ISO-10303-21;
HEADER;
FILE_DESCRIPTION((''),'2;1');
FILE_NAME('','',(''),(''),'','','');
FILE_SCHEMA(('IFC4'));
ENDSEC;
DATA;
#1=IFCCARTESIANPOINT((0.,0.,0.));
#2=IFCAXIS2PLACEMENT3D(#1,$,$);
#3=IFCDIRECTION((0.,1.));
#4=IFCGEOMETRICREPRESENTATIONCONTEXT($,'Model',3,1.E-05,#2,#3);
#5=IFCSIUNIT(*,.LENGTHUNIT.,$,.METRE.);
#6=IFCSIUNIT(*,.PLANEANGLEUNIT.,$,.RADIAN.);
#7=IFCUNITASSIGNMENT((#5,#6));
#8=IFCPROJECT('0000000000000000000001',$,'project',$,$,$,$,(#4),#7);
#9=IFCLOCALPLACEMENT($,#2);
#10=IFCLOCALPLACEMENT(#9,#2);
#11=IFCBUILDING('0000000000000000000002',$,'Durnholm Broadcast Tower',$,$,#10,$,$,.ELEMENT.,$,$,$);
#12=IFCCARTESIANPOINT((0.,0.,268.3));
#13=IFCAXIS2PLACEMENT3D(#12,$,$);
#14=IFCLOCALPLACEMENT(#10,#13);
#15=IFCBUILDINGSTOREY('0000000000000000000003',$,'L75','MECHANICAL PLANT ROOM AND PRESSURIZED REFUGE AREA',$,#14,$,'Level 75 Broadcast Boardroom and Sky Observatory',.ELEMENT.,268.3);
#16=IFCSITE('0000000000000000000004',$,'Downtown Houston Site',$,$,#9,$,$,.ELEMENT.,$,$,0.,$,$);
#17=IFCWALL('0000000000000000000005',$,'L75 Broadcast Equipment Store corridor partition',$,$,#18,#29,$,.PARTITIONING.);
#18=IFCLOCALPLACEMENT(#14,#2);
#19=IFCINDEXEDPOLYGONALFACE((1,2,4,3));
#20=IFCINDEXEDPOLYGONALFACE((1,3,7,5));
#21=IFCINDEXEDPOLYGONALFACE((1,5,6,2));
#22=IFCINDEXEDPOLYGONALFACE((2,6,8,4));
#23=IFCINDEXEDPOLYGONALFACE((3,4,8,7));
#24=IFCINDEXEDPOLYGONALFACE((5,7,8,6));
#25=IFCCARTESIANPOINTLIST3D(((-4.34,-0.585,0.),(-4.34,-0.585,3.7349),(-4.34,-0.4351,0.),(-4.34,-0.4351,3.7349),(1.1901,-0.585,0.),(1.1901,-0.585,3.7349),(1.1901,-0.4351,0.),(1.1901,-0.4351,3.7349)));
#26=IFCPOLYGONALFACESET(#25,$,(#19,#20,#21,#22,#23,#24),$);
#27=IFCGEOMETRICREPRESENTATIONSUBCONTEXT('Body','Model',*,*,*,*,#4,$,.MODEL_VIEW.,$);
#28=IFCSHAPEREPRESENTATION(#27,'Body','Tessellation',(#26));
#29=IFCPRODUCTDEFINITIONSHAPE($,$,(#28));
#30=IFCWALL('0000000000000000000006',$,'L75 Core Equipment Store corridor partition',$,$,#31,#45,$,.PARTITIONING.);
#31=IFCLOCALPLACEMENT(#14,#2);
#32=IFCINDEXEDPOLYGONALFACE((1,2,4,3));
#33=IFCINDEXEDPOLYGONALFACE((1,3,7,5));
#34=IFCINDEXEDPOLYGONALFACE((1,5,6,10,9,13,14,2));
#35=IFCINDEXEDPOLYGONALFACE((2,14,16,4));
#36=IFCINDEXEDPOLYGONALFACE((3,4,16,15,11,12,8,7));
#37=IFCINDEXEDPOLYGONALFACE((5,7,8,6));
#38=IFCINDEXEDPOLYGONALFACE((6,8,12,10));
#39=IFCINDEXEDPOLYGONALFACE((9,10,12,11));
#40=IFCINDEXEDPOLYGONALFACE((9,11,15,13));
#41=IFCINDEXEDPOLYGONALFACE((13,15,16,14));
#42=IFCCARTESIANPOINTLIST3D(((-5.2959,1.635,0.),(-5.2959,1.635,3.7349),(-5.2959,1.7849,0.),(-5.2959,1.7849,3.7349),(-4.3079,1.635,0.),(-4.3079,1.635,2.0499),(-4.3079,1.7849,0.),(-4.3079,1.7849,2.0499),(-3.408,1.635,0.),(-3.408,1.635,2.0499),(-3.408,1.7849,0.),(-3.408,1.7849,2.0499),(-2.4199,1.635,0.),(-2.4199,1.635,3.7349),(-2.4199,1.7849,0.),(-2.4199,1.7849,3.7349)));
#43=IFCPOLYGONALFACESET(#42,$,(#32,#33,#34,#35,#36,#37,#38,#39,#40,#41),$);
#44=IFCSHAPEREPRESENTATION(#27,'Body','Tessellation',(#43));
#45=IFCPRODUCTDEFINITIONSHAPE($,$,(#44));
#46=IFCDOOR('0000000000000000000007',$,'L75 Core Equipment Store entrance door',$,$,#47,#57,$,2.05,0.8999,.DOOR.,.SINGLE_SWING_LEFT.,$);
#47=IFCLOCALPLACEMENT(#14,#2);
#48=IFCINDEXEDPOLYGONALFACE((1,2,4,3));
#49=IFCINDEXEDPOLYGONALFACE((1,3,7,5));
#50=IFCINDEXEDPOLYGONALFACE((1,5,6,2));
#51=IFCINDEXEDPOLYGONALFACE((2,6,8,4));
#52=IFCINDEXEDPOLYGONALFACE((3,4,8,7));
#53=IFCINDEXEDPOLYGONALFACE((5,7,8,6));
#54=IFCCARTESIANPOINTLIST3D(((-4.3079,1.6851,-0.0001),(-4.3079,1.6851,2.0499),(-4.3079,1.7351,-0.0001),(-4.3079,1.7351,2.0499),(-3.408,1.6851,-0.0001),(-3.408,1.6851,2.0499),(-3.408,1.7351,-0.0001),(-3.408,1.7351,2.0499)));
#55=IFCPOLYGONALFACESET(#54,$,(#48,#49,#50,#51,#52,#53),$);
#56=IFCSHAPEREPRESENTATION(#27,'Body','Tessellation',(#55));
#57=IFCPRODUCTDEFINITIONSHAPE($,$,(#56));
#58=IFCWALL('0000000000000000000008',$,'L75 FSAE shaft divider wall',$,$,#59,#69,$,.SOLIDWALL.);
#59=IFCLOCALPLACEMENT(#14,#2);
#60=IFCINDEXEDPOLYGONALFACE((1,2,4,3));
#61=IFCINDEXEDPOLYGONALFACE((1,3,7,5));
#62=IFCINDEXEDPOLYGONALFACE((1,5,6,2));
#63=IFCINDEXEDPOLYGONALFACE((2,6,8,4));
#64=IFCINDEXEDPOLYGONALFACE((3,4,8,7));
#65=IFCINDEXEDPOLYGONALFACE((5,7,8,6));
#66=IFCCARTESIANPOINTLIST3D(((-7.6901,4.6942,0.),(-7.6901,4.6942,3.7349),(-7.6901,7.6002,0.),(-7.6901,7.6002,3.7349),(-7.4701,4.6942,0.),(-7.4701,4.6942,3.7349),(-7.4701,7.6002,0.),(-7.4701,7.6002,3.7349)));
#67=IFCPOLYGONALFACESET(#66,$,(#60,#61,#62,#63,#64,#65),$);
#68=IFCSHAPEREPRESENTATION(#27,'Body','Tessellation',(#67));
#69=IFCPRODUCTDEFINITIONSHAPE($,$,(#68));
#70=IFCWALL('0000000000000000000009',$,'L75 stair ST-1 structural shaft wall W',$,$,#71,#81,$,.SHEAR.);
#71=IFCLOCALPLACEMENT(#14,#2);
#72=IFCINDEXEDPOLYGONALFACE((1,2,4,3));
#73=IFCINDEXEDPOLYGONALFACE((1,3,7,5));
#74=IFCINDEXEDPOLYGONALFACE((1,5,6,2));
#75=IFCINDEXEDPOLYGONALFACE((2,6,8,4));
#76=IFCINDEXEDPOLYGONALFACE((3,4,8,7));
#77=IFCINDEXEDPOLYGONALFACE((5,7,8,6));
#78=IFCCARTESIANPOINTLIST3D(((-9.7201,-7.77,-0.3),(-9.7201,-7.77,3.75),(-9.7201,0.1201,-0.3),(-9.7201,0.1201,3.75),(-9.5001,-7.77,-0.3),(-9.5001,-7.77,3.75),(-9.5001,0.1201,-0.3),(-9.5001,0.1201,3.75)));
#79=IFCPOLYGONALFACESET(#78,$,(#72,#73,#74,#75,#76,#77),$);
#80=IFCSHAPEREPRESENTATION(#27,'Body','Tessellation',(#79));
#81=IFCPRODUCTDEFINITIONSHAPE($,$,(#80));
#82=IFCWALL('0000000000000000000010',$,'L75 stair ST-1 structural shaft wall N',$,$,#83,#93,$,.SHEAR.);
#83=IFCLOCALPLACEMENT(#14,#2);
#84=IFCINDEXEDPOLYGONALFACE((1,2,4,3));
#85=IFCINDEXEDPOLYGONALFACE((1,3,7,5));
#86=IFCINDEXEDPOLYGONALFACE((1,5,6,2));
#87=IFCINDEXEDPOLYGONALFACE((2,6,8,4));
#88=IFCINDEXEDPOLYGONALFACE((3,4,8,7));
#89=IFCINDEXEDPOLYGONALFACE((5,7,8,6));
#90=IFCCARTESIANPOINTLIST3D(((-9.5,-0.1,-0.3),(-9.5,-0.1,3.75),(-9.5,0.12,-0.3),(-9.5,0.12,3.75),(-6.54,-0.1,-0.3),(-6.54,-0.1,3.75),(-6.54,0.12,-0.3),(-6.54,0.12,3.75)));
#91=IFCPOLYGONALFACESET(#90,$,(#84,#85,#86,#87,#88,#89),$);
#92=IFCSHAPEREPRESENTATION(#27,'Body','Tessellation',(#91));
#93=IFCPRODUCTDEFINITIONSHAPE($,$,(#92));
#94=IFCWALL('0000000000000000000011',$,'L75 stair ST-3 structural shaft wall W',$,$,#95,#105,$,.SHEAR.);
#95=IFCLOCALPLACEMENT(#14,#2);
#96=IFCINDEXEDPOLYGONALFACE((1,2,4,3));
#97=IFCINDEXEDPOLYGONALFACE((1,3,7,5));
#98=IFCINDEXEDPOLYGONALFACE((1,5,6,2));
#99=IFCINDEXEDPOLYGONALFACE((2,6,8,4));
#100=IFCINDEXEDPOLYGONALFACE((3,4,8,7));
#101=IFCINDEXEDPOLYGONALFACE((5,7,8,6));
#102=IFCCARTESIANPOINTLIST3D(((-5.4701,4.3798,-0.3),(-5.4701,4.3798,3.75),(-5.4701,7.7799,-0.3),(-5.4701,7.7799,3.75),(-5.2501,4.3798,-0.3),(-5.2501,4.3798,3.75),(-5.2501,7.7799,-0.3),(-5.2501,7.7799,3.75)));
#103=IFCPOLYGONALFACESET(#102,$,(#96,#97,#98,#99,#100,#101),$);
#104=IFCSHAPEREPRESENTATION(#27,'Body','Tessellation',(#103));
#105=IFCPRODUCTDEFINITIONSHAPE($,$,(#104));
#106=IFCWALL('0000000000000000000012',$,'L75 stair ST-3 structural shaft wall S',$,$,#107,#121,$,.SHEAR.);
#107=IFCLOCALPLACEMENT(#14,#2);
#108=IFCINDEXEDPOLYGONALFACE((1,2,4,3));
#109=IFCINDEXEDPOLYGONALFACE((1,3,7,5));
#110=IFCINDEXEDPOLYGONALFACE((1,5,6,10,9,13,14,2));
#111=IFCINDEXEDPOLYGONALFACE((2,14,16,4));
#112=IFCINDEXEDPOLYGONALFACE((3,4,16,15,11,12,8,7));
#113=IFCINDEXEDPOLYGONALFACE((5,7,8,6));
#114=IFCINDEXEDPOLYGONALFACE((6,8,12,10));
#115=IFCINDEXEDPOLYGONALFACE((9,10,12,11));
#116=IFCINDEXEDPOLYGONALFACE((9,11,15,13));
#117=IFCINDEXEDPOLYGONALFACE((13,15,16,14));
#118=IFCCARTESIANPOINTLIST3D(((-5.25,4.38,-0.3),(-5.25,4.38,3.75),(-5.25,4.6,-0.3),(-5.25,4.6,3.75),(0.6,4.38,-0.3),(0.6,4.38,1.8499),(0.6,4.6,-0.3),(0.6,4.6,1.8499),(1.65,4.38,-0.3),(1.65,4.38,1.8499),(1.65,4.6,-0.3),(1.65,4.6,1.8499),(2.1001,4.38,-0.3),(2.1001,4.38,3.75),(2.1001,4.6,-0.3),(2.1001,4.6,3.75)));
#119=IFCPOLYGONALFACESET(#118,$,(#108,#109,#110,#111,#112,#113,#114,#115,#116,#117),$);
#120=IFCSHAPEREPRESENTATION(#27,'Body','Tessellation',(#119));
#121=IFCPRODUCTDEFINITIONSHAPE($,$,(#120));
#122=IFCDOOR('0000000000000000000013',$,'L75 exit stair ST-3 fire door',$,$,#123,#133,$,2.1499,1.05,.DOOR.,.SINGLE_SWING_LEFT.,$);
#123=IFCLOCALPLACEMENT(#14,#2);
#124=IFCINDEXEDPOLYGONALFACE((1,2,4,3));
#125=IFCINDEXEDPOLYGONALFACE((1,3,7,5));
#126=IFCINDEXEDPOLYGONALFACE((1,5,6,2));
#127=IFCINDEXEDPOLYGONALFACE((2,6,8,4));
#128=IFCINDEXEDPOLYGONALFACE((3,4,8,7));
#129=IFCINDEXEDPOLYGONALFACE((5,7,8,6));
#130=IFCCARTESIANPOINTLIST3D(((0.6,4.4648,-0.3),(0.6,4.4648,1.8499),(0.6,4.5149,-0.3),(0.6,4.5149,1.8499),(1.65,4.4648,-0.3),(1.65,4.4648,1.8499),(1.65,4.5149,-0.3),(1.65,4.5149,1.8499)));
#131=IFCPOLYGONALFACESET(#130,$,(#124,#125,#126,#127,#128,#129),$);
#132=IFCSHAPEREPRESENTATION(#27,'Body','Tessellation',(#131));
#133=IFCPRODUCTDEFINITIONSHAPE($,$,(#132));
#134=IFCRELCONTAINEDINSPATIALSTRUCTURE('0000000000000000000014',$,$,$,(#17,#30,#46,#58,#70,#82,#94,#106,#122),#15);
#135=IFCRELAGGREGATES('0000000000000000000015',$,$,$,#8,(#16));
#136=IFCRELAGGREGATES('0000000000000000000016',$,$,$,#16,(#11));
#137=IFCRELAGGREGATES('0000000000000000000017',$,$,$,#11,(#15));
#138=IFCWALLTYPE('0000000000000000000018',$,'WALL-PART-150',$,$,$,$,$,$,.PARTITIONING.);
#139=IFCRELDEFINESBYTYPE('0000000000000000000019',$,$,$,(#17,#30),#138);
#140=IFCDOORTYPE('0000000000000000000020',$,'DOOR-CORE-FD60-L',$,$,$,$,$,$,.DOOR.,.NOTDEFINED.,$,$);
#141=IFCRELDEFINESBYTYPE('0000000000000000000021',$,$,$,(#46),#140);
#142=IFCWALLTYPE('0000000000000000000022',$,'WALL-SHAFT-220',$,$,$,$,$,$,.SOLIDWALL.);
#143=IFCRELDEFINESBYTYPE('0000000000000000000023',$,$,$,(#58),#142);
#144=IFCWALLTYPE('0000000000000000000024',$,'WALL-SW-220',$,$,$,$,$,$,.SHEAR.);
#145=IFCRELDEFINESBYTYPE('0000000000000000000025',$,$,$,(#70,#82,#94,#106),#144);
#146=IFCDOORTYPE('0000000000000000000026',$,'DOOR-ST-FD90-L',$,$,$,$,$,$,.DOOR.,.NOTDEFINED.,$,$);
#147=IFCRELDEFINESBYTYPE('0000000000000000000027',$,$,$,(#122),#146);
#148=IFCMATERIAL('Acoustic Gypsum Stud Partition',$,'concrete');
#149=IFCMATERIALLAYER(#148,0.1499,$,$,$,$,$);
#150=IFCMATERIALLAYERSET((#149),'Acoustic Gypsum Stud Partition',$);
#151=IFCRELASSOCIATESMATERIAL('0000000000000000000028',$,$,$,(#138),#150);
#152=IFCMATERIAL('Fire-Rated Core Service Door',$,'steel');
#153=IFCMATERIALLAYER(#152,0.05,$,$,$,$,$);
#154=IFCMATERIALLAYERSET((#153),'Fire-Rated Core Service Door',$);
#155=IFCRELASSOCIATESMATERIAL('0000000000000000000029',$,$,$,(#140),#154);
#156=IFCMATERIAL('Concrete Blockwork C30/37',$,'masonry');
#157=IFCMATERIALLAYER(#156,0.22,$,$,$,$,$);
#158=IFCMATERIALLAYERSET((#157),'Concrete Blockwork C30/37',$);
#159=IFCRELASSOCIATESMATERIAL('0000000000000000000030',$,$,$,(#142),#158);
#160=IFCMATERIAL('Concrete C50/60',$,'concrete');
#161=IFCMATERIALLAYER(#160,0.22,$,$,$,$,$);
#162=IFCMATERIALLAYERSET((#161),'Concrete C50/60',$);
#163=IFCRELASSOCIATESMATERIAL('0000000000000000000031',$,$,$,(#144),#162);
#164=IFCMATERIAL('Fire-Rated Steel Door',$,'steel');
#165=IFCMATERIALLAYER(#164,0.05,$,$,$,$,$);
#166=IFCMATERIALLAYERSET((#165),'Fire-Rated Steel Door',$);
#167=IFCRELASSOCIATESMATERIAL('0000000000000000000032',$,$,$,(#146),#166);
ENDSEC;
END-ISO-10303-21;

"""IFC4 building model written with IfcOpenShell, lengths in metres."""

from ifc_helpers import new_model, si_unit, direction, frame, frame_2d, origin, place, context, subcontext, project, spatial, rectangle, extrude, source, transform, mapped, material, layer, layer_set, type_object, type_shapes, element, fill, save


model = new_model("IFC4")

# Units and contexts
model_context = context("Model", 3, precision=1e-05, world=origin(), true_north=direction((0.0, 1.0)))
body_context = subcontext(model_context, "Body", "Model", "MODEL_VIEW")
ifc_project = project(units=[si_unit("LENGTHUNIT", "METRE"), si_unit("PLANEANGLEUNIT", "RADIAN")], contexts=[model_context])

# Site, building, storey
site_placement = place(None, origin())
site = spatial("IfcSite", under=ifc_project, at=site_placement, Name="Downtown Houston Site", CompositionType="ELEMENT", RefElevation=0.0)
building_placement = place(site_placement, origin())
building = spatial("IfcBuilding", under=site, at=building_placement, Name="Durnholm Broadcast Tower", CompositionType="ELEMENT")
storey_placement = place(building_placement, frame((0.0, 0.0, 268.3)))
storey = spatial("IfcBuildingStorey", under=building, at=storey_placement, Name="L75", Description="MECHANICAL PLANT ROOM AND PRESSURIZED REFUGE AREA", LongName="Level 75 Broadcast Boardroom and Sky Observatory", CompositionType="ELEMENT", Elevation=268.3)

# Shared definitions
ifc_material_1 = material(Name="Concrete C50/60", Category="concrete")

# Wall
ifc_material_2 = material(Name="Acoustic Gypsum Stud Partition", Category="concrete")
ifc_layer_1 = layer(ifc_material_2, 0.1499)
ifc_layer_set_1 = layer_set([ifc_layer_1], Name="Acoustic Gypsum Stud Partition")
wall_type_1 = type_object("IfcWallType", Name="WALL-PART-150", PredefinedType="PARTITIONING", material=ifc_layer_set_1)
wall_1_placement = place(storey_placement, frame((-4.3401, -0.51, 0.0), z_axis=(0.0, 0.0, 1.0), x_axis=(1.0, 0.0, 0.0)))
element("IfcWall", 1, at=wall_1_placement, inside=storey, type_object=wall_type_1, Name="L75 Broadcast Equipment Store corridor partition", PredefinedType="PARTITIONING", context=body_context, shape_type="SweptSolid", body=[
    extrude(rectangle(XDim=5.53, YDim=0.1499, at=frame_2d((2.7651, 0.0))), origin(), (0.0, 0.0, 1.0), 3.7349),
])

# Wall, opening, door
wall_2_placement = place(storey_placement, frame((-2.4199, 1.71, 0.0), z_axis=(0.0, 0.0, 1.0), x_axis=(-1.0, 0.0, 0.0)))
wall_2 = element("IfcWall", 2, at=wall_2_placement, inside=storey, type_object=wall_type_1, Name="L75 Core Equipment Store corridor partition", PredefinedType="PARTITIONING", context=body_context, shape_type="SweptSolid", body=[
    extrude(rectangle(XDim=2.876, YDim=0.1499, at=frame_2d((1.438, 0.0))), origin(), (0.0, 0.0, 1.0), 3.7349),
])
opening_1_placement = place(wall_2_placement, frame((0.988, 0.0, 0.0)))
opening_1 = element("IfcOpeningElement", 3, at=opening_1_placement, cuts=wall_2, PredefinedType="OPENING", context=body_context, shape_type="SweptSolid", body=[
    extrude(rectangle(XDim=0.8999, YDim=2.05, at=frame_2d((0.45, 1.0249))), frame((0.0, 0.085, 0.0), z_axis=(0.0, -1.0, 0.0), x_axis=(1.0, 0.0, 0.0)), (0.0, 0.0, 1.0), 0.1699),
])
ifc_material_3 = material(Name="Fire-Rated Core Service Door", Category="steel")
ifc_layer_2 = layer(ifc_material_3, 0.05)
ifc_layer_set_2 = layer_set([ifc_layer_2], Name="Fire-Rated Core Service Door")
door_type_1 = type_object("IfcDoorType", Name="DOOR-CORE-FD60-L", OperationType="NOTDEFINED", PredefinedType="DOOR", material=ifc_layer_set_2)
shared_shape_1 = source(origin(), body_context, "Body", "SweptSolid", [
    extrude(rectangle(XDim=0.8999, YDim=2.05, at=frame_2d((0.45, 1.0249))), frame((0.0, 0.0249, 0.0), z_axis=(0.0, -1.0, 0.0), x_axis=(1.0, 0.0, 0.0)), (0.0, 0.0, 1.0), 0.05),
])
type_shapes(door_type_1, [shared_shape_1])
door_1_placement = place(opening_1_placement, origin())
door_1 = element("IfcDoor", 4, at=door_1_placement, inside=storey, type_object=door_type_1, Name="L75 Core Equipment Store entrance door", OperationType="SINGLE_SWING_LEFT", OverallHeight=2.05, OverallWidth=0.8999, PredefinedType="DOOR", context=body_context, shape_type="MappedRepresentation", body=[
    mapped(shared_shape_1, transform((0.0, 0.0, 0.0), x_axis=(1.0, 0.0, 0.0), y_axis=(0.0, 1.0, 0.0), z_axis=(0.0, 0.0, 1.0), scale=1.0)),
])
fill(opening_1, door_1)

# Shared definitions
ifc_material_4 = material(Name="Concrete Blockwork C30/37", Category="masonry")
ifc_layer_3 = layer(ifc_material_4, 0.22)
ifc_layer_set_3 = layer_set([ifc_layer_3], Name="Concrete Blockwork C30/37")
wall_type_2 = type_object("IfcWallType", Name="WALL-SHAFT-220", PredefinedType="SOLIDWALL", material=ifc_layer_set_3)

# Walls
wall_3_placement = place(storey_placement, frame((-7.5801, 4.6941, 0.0), z_axis=(0.0, 0.0, 1.0), x_axis=(0.0, 1.0, 0.0)))
element("IfcWall", 5, at=wall_3_placement, inside=storey, type_object=wall_type_2, Name="L75 FSAE shaft divider wall", PredefinedType="SOLIDWALL", context=body_context, shape_type="SweptSolid", body=[
    extrude(rectangle(XDim=2.906, YDim=0.22, at=frame_2d((1.4531, 0.0))), origin(), (0.0, 0.0, 1.0), 3.7349),
])
ifc_layer_4 = layer(ifc_material_1, 0.22)
ifc_layer_set_4 = layer_set([ifc_layer_4], Name="Concrete C50/60")
wall_type_3 = type_object("IfcWallType", Name="WALL-SW-220", PredefinedType="SHEAR", material=ifc_layer_set_4)
wall_4_placement = place(storey_placement, frame((-9.6101, 0.1201, -0.3), z_axis=(0.0, 0.0, 1.0), x_axis=(0.0, -1.0, 0.0)))
element("IfcWall", 6, at=wall_4_placement, inside=storey, type_object=wall_type_3, Name="L75 stair ST-1 structural shaft wall W", PredefinedType="SHEAR", context=body_context, shape_type="SweptSolid", body=[
    extrude(rectangle(XDim=7.8901, YDim=0.22, at=frame_2d((3.9451, 0.0))), origin(), (0.0, 0.0, 1.0), 4.05),
])
wall_5_placement = place(storey_placement, frame((-6.54, 0.01, -0.3), z_axis=(0.0, 0.0, 1.0), x_axis=(-1.0, 0.0, 0.0)))
element("IfcWall", 7, at=wall_5_placement, inside=storey, type_object=wall_type_3, Name="L75 stair ST-1 structural shaft wall N", PredefinedType="SHEAR", context=body_context, shape_type="SweptSolid", body=[
    extrude(rectangle(XDim=2.96, YDim=0.22, at=frame_2d((1.48, 0.0))), origin(), (0.0, 0.0, 1.0), 4.05),
])
wall_6_placement = place(storey_placement, frame((-5.3601, 7.78, -0.3), z_axis=(0.0, 0.0, 1.0), x_axis=(0.0, -1.0, 0.0)))
element("IfcWall", 8, at=wall_6_placement, inside=storey, type_object=wall_type_3, Name="L75 stair ST-3 structural shaft wall W", PredefinedType="SHEAR", context=body_context, shape_type="SweptSolid", body=[
    extrude(rectangle(XDim=3.4001, YDim=0.22, at=frame_2d((1.7002, 0.0))), origin(), (0.0, 0.0, 1.0), 4.05),
])

# Wall, opening, door
wall_7_placement = place(storey_placement, frame((-5.25, 4.49, -0.3), z_axis=(0.0, 0.0, 1.0), x_axis=(1.0, 0.0, 0.0)))
wall_7 = element("IfcWall", 9, at=wall_7_placement, inside=storey, type_object=wall_type_3, Name="L75 stair ST-3 structural shaft wall S", PredefinedType="SHEAR", context=body_context, shape_type="SweptSolid", body=[
    extrude(rectangle(XDim=7.3501, YDim=0.22, at=frame_2d((3.675, 0.0))), origin(), (0.0, 0.0, 1.0), 4.05),
])
opening_2_placement = place(wall_7_placement, frame((5.8501, 0.0, 0.0)))
opening_2 = element("IfcOpeningElement", 10, at=opening_2_placement, cuts=wall_7, PredefinedType="OPENING", context=body_context, shape_type="SweptSolid", body=[
    extrude(rectangle(XDim=1.05, YDim=2.1499, at=frame_2d((0.5249, 1.075))), frame((0.0, 0.1201, 0.0), z_axis=(0.0, -1.0, 0.0), x_axis=(1.0, 0.0, 0.0)), (0.0, 0.0, 1.0), 0.24),
])
ifc_material_5 = material(Name="Fire-Rated Steel Door", Category="steel")
ifc_layer_5 = layer(ifc_material_5, 0.05)
ifc_layer_set_5 = layer_set([ifc_layer_5], Name="Fire-Rated Steel Door")
door_type_2 = type_object("IfcDoorType", Name="DOOR-ST-FD90-L", OperationType="NOTDEFINED", PredefinedType="DOOR", material=ifc_layer_set_5)
shared_shape_2 = source(origin(), body_context, "Body", "SweptSolid", [
    extrude(rectangle(XDim=1.05, YDim=2.1499, at=frame_2d((0.5249, 1.075))), frame((0.0, 0.0249, 0.0), z_axis=(0.0, -1.0, 0.0), x_axis=(1.0, 0.0, 0.0)), (0.0, 0.0, 1.0), 0.05),
])
type_shapes(door_type_2, [shared_shape_2])
door_2_placement = place(opening_2_placement, origin())
door_2 = element("IfcDoor", 11, at=door_2_placement, inside=storey, type_object=door_type_2, Name="L75 exit stair ST-3 fire door", OperationType="SINGLE_SWING_LEFT", OverallHeight=2.1499, OverallWidth=1.05, PredefinedType="DOOR", context=body_context, shape_type="MappedRepresentation", body=[
    mapped(shared_shape_2, transform((0.0, 0.0, 0.0), x_axis=(1.0, 0.0, 0.0), y_axis=(0.0, 1.0, 0.0), z_axis=(0.0, 0.0, 1.0), scale=1.0)),
])
fill(opening_2, door_2)

save(model, "model.ifc")
